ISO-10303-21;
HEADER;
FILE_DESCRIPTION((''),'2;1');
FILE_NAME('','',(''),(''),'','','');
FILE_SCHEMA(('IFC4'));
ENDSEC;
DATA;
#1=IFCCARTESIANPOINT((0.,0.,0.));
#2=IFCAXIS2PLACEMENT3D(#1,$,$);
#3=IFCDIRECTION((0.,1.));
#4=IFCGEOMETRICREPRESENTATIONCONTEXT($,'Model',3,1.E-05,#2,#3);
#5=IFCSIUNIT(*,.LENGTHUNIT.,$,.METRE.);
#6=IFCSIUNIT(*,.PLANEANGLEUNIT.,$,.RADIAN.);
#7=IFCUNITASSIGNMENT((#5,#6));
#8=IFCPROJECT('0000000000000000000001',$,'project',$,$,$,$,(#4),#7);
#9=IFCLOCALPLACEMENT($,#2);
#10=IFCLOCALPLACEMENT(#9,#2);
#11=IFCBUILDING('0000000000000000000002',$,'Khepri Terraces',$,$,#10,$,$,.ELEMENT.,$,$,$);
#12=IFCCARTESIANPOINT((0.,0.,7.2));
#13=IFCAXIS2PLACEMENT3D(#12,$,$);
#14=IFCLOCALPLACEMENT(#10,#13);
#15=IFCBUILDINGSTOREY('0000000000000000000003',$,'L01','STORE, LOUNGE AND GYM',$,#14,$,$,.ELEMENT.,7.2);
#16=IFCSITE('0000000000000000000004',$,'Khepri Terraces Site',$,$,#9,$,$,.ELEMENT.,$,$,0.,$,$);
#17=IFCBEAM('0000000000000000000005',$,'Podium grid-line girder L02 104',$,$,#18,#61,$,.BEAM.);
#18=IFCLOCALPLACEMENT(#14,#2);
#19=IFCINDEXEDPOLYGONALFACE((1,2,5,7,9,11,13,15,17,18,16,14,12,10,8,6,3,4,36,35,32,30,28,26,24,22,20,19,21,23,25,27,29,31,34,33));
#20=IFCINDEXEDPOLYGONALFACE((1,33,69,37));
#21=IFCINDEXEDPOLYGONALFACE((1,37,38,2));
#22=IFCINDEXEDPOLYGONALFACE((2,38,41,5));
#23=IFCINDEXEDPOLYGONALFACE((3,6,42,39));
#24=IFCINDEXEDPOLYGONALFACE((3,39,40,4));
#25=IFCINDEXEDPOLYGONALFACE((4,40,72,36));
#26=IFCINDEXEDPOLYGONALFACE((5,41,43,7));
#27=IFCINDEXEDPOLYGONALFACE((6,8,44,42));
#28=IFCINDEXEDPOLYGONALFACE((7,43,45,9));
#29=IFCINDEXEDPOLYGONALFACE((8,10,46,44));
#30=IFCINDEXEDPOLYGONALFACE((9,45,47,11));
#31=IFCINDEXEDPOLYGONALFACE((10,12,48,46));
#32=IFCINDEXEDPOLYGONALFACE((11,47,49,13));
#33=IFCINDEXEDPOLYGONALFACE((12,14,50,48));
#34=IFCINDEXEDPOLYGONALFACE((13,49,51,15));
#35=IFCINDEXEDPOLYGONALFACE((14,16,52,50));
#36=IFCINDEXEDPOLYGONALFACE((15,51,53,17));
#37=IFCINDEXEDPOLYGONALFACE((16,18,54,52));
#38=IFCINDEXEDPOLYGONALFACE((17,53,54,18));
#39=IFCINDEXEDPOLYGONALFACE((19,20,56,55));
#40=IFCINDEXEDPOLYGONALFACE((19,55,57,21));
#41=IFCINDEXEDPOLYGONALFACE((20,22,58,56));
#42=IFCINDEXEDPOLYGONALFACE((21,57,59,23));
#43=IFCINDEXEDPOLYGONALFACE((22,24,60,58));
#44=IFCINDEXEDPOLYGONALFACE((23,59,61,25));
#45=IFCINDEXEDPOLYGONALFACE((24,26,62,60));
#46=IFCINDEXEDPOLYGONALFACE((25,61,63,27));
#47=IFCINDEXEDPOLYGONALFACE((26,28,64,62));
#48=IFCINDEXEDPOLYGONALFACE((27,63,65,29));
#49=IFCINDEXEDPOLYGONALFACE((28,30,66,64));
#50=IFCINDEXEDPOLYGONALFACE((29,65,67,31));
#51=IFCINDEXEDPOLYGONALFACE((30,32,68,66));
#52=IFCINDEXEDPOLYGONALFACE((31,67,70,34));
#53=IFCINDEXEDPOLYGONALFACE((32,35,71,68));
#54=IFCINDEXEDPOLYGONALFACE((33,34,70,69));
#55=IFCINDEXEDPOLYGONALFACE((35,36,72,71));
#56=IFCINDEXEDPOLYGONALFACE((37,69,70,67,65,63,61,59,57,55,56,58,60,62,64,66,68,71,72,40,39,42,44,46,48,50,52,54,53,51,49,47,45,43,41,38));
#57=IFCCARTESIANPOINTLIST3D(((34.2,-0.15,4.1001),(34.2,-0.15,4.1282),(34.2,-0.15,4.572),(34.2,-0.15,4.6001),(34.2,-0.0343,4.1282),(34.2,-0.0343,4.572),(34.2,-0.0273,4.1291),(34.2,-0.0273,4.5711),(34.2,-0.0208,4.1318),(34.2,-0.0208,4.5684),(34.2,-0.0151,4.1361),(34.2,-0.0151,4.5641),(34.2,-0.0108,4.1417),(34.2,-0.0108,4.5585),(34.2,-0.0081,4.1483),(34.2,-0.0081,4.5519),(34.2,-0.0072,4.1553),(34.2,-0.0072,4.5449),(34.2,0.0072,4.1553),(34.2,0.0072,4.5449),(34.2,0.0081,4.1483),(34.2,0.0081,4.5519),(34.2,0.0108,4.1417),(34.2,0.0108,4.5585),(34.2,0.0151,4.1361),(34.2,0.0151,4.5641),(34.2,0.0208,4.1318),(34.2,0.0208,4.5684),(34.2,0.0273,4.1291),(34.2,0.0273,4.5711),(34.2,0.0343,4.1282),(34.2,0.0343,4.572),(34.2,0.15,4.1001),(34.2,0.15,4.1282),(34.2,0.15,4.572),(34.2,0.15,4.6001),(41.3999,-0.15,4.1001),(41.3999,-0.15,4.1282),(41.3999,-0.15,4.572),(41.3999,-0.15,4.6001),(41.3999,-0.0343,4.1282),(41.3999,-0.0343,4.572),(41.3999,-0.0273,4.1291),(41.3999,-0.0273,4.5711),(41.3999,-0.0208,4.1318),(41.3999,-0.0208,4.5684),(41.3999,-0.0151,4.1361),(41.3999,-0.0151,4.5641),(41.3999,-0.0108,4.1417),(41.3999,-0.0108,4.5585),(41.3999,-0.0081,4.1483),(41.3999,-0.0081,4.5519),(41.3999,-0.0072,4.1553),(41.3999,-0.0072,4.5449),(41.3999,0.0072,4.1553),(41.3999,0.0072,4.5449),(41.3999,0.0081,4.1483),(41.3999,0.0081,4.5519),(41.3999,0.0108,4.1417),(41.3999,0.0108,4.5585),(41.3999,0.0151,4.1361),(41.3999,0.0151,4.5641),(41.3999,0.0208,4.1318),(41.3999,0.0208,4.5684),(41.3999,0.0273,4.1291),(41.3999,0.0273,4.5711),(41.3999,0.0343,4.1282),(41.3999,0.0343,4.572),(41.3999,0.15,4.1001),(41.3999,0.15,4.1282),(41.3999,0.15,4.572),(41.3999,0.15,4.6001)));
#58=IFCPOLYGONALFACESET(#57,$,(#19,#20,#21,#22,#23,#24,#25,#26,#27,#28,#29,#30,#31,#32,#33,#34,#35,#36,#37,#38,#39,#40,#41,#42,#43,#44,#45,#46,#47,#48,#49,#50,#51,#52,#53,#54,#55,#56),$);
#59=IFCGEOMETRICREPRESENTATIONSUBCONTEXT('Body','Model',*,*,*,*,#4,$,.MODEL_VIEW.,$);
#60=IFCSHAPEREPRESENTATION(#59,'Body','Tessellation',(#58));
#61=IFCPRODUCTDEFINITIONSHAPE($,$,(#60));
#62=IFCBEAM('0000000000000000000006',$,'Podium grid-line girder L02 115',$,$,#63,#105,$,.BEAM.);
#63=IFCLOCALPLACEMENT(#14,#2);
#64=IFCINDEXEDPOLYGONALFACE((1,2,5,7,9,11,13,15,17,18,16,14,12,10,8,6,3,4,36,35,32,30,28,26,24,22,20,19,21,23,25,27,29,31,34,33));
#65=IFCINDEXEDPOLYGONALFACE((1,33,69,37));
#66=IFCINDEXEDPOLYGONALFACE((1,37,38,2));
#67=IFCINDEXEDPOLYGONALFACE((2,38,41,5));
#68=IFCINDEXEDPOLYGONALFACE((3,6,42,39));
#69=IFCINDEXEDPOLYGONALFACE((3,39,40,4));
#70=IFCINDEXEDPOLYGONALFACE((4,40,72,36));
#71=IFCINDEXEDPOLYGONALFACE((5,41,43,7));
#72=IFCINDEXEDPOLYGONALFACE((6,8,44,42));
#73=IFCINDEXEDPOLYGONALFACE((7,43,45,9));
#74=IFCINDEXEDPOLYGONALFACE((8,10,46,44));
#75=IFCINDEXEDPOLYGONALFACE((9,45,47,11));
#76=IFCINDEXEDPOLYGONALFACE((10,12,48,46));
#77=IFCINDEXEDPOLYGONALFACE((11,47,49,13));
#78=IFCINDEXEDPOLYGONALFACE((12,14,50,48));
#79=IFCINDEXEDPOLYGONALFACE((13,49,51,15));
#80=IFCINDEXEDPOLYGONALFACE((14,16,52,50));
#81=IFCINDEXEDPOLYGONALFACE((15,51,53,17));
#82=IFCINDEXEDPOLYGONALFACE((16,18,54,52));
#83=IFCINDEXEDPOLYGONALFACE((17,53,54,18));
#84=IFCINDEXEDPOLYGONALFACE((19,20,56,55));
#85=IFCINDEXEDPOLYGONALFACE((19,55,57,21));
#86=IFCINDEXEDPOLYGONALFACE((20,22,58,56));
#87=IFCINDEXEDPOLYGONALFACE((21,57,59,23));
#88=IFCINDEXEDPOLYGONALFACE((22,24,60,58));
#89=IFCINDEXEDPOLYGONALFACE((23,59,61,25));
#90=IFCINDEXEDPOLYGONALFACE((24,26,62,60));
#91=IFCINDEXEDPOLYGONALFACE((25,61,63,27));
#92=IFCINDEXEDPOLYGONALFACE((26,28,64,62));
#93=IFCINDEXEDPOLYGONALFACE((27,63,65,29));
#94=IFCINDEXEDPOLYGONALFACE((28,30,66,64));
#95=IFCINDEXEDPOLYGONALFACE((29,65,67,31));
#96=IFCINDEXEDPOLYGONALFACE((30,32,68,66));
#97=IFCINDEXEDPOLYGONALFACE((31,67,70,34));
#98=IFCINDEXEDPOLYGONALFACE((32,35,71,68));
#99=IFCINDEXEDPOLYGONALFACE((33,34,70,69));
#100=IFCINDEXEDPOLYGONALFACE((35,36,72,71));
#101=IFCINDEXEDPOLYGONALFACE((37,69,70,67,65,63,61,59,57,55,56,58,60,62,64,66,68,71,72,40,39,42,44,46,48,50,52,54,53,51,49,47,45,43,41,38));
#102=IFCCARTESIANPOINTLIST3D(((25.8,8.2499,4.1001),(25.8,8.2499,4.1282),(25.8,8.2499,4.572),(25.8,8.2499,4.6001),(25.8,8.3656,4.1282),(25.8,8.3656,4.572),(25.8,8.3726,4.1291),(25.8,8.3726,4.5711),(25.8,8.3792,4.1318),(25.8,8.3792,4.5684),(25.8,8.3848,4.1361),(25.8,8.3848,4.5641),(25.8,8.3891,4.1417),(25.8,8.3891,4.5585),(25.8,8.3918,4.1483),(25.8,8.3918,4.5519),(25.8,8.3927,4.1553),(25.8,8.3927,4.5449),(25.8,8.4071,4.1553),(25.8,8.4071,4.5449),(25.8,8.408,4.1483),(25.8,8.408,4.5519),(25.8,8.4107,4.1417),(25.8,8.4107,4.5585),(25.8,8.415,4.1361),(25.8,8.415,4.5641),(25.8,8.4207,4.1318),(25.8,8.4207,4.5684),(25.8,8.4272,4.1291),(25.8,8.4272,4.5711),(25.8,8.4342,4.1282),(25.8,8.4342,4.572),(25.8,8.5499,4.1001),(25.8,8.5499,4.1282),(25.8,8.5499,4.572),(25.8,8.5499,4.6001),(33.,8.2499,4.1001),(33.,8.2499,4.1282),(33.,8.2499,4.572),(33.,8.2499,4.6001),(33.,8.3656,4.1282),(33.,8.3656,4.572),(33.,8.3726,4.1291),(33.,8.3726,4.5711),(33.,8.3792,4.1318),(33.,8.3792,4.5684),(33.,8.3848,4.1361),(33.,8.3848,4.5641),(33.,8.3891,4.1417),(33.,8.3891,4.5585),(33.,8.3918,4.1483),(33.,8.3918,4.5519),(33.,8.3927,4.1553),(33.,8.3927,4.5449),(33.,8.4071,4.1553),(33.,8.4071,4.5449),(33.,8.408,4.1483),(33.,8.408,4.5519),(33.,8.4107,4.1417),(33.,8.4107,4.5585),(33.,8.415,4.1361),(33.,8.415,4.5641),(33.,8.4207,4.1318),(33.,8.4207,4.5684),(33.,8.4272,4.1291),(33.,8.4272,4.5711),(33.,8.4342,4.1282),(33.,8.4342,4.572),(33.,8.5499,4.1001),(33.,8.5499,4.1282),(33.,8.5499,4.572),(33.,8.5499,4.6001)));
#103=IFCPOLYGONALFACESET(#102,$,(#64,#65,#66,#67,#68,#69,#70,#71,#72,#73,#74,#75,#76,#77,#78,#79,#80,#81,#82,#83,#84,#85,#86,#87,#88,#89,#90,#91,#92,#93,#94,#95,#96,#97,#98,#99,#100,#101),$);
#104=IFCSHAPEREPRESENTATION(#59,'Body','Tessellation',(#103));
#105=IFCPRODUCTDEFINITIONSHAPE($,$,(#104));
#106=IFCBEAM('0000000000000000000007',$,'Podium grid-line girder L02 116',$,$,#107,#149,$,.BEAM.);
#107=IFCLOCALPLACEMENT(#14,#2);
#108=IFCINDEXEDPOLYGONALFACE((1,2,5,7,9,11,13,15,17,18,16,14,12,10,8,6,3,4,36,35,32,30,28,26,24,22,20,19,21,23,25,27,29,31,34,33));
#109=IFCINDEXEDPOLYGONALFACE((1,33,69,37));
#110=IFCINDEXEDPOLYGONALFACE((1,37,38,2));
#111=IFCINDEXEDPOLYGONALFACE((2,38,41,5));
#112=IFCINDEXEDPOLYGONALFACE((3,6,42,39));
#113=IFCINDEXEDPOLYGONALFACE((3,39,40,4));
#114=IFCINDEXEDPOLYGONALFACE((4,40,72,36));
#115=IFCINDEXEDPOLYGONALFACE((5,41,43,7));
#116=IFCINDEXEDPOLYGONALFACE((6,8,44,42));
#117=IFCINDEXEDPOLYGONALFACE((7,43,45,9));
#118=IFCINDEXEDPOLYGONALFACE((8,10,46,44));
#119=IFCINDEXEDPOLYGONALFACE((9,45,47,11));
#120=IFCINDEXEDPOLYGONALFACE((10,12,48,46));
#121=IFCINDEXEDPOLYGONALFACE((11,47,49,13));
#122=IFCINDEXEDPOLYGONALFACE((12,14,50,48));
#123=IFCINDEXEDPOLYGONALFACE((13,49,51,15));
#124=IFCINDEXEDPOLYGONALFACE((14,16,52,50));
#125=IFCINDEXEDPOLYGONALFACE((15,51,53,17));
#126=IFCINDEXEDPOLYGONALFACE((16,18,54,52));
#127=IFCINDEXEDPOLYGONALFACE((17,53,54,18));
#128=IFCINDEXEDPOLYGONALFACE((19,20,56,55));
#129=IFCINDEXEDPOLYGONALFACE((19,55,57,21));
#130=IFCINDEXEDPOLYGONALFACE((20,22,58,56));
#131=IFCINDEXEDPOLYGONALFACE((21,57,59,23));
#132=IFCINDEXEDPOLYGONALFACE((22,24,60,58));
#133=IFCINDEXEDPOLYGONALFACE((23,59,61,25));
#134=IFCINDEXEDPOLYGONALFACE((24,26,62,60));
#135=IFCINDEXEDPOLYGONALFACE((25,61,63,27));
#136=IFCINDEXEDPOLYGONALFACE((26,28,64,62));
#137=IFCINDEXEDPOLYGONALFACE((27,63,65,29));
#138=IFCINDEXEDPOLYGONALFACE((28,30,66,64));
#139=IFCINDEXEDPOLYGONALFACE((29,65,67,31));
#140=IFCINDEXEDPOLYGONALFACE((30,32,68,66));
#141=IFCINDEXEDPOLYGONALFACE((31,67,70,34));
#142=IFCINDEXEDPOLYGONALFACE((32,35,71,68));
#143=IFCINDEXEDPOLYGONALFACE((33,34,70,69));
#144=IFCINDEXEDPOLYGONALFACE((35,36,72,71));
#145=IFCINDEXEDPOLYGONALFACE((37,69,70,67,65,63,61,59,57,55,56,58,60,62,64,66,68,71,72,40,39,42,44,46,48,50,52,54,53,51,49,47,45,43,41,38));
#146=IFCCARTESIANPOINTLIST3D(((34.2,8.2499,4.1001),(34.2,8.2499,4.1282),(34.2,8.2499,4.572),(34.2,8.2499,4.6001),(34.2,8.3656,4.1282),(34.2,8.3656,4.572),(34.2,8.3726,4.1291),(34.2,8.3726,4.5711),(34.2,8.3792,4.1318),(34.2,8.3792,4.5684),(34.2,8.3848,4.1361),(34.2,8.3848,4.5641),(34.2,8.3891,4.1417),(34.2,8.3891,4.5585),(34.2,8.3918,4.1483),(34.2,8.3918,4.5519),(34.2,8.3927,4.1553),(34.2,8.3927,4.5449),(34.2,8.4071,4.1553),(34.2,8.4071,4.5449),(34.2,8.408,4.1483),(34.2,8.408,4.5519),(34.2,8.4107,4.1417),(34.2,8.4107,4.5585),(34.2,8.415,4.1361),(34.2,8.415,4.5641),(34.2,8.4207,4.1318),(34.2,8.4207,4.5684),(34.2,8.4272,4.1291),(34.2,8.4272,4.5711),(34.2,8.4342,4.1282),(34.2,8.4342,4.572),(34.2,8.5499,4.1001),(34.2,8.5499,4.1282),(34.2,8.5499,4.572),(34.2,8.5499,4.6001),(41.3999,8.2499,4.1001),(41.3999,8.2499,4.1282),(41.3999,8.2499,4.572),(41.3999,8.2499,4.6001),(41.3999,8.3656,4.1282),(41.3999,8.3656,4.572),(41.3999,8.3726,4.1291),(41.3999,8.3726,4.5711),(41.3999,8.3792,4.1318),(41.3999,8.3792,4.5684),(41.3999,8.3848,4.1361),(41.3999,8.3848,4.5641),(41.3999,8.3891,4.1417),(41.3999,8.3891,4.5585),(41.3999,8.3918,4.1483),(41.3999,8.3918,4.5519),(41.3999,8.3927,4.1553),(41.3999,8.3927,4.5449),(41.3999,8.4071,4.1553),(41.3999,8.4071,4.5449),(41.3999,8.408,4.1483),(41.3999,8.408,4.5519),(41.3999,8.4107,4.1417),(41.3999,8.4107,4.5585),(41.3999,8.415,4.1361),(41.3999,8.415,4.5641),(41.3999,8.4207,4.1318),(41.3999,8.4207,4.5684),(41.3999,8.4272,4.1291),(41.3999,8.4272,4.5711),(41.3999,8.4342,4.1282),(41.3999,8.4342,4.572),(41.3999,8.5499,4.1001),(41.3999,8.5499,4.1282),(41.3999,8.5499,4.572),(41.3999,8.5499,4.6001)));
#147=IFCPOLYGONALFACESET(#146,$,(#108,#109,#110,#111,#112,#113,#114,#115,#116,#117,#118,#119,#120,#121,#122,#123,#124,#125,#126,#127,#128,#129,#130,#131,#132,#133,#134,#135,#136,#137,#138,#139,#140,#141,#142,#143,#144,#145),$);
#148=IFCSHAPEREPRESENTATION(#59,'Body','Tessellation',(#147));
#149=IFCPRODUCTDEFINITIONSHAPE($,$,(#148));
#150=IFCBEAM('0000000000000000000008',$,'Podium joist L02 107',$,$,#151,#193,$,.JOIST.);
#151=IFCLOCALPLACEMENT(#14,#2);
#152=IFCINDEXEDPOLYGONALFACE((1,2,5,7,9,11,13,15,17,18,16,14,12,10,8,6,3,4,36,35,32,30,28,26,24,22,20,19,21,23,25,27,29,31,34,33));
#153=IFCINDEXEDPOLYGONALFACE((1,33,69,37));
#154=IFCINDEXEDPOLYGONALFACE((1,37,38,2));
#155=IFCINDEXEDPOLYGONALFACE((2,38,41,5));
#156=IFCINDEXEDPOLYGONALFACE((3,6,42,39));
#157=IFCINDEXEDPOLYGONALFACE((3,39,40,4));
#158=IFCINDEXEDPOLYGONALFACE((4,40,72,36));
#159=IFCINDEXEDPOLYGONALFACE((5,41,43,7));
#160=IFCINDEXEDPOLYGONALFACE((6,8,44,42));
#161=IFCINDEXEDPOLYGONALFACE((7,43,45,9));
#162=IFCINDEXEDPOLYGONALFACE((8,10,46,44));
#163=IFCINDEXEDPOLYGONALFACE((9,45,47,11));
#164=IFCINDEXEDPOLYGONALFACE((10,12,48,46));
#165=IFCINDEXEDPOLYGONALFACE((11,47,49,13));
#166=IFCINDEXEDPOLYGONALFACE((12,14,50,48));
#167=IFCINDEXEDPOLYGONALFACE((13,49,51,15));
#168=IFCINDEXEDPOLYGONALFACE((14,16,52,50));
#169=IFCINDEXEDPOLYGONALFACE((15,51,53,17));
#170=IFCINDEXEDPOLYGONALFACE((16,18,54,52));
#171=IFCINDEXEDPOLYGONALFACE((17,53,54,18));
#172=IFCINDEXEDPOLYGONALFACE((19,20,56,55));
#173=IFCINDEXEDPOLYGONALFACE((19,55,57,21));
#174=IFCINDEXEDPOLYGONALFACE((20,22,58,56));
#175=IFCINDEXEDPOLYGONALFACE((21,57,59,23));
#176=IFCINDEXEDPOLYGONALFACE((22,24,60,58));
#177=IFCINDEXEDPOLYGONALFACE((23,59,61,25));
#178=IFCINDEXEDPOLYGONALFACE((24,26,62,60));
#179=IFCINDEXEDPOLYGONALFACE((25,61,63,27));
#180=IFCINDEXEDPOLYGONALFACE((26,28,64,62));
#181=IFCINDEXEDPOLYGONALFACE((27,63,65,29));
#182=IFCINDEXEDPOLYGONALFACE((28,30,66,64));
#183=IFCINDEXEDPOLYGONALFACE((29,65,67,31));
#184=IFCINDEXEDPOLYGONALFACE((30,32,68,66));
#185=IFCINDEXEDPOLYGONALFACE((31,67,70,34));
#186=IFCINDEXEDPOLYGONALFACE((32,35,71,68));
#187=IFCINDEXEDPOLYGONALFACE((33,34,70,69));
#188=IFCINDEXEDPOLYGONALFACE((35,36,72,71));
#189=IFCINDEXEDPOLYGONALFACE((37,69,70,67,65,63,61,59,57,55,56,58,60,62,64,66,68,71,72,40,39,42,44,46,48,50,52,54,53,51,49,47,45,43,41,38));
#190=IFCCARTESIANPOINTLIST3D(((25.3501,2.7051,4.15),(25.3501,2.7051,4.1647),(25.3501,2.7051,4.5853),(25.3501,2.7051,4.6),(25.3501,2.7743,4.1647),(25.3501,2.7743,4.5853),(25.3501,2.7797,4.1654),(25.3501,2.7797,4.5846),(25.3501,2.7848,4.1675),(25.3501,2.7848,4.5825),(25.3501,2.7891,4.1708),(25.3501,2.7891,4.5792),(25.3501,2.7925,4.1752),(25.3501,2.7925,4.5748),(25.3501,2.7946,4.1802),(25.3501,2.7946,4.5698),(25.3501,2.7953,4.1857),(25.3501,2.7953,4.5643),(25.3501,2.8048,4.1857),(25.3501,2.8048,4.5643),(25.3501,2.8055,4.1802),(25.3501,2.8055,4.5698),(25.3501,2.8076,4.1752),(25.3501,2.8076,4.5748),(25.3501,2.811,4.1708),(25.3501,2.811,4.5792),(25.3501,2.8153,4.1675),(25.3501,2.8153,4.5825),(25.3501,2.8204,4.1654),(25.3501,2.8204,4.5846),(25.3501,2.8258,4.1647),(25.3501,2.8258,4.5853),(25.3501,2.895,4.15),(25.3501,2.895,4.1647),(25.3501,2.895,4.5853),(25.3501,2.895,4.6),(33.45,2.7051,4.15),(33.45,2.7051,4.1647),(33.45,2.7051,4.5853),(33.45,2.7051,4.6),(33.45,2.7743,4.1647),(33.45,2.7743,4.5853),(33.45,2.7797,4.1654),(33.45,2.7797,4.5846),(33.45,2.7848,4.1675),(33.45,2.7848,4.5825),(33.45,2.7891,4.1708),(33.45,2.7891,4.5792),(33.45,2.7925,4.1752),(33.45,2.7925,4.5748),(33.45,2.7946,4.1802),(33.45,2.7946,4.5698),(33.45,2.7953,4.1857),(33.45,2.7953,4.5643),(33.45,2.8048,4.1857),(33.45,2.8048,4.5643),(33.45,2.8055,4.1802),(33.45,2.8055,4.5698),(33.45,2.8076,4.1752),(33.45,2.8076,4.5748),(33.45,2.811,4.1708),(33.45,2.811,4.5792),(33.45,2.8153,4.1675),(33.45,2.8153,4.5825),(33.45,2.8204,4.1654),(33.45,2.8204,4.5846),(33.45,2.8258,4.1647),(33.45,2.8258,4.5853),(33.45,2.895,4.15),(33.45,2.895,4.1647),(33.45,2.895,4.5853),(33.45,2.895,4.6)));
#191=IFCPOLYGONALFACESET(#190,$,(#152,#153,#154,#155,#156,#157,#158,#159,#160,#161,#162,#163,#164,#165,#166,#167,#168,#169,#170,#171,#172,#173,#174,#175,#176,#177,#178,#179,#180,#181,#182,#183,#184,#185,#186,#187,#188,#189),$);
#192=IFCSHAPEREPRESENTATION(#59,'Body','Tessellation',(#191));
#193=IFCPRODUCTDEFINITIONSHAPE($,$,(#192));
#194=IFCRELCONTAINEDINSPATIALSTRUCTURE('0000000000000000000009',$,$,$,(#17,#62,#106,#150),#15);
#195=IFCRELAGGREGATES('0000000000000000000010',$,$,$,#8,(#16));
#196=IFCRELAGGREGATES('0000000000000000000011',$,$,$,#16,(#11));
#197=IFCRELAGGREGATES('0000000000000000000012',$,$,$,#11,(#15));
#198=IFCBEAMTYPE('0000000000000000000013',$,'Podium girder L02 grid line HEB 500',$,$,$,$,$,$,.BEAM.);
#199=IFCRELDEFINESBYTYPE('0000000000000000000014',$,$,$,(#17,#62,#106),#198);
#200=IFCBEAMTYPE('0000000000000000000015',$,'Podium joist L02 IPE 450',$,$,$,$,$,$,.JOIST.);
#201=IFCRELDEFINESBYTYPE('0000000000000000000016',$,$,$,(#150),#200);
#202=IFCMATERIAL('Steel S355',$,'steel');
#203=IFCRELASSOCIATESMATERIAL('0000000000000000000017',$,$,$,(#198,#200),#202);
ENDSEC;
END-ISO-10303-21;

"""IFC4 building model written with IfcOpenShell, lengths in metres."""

from ifc_helpers import new_model, si_unit, direction, frame, origin, origin_2d, place, context, subcontext, project, spatial, i_section, extrude, material, material_profile, profile_set, type_object, element, save


model = new_model("IFC4")

# Units and contexts
model_context = context("Model", 3, precision=1e-05, world=origin(), true_north=direction((0.0, 1.0)))
body_context = subcontext(model_context, "Body", "Model", "MODEL_VIEW")
ifc_project = project(units=[si_unit("LENGTHUNIT", "METRE"), si_unit("PLANEANGLEUNIT", "RADIAN")], contexts=[model_context])

# Site, building, storey
site_placement = place(None, origin())
site = spatial("IfcSite", under=ifc_project, at=site_placement, Name="Khepri Terraces Site", CompositionType="ELEMENT", RefElevation=0.0)
building_placement = place(site_placement, origin())
building = spatial("IfcBuilding", under=site, at=building_placement, Name="Khepri Terraces", CompositionType="ELEMENT")
storey_placement = place(building_placement, frame((0.0, 0.0, 7.2)))
storey = spatial("IfcBuildingStorey", under=building, at=storey_placement, Name="L01", Description="STORE, LOUNGE AND GYM", CompositionType="ELEMENT", Elevation=7.2)

# Beams
ifc_material_1 = material(Name="Steel S355", Category="steel")
ifc_material_profile_1 = material_profile(ifc_material_1, i_section(OverallWidth=0.3, OverallDepth=0.5, WebThickness=0.0144, FlangeThickness=0.0281, FilletRadius=0.0271, at=origin_2d()), Name="Steel S355", Category="steel")
ifc_profile_set_1 = profile_set([ifc_material_profile_1], Name="Steel S355")
beam_type_1 = type_object("IfcBeamType", Name="Podium girder L02 grid line HEB 500", PredefinedType="BEAM", material=ifc_profile_set_1)
for number, where, z_axis, x_axis, name in (
    (1, (34.2, 0.0, 4.3501), (1.0, 0.0, 0.0), (0.0, 1.0, 0.0), "Podium grid-line girder L02 104"),
    (2, (25.8, 8.3999, 4.3501), (1.0, 0.0, 0.0), (0.0, 1.0, 0.0), "Podium grid-line girder L02 115"),
    (3, (34.2, 8.3999, 4.3501), (1.0, 0.0, 0.0), (0.0, 1.0, 0.0), "Podium grid-line girder L02 116"),
):
    element("IfcBeam", number, at=place(storey_placement, frame(where, z_axis=z_axis, x_axis=x_axis)), inside=storey, type_object=beam_type_1, Name=name, PredefinedType="BEAM", context=body_context, shape_type="SweptSolid", body=[
        extrude(i_section(OverallWidth=0.3, OverallDepth=0.5, WebThickness=0.0144, FlangeThickness=0.0281, FilletRadius=0.0271, at=origin_2d()), origin(), (0.0, 0.0, 1.0), 7.2),
    ])
ifc_material_profile_2 = material_profile(ifc_material_1, i_section(OverallWidth=0.1899, OverallDepth=0.45, WebThickness=0.0095, FlangeThickness=0.0146, FilletRadius=0.021, at=origin_2d()), Name="Steel S355", Category="steel")
ifc_profile_set_2 = profile_set([ifc_material_profile_2], Name="Steel S355")
beam_type_2 = type_object("IfcBeamType", Name="Podium joist L02 IPE 450", PredefinedType="JOIST", material=ifc_profile_set_2)
beam_1_placement = place(storey_placement, frame((25.3501, 2.8, 4.375), z_axis=(1.0, 0.0, 0.0), x_axis=(0.0, 1.0, 0.0)))
element("IfcBeam", 4, at=beam_1_placement, inside=storey, type_object=beam_type_2, Name="Podium joist L02 107", PredefinedType="JOIST", context=body_context, shape_type="SweptSolid", body=[
    extrude(i_section(OverallWidth=0.1899, OverallDepth=0.45, WebThickness=0.0095, FlangeThickness=0.0146, FilletRadius=0.021, at=origin_2d()), origin(), (0.0, 0.0, 1.0), 8.0999),
])

save(model, "model.ifc")
